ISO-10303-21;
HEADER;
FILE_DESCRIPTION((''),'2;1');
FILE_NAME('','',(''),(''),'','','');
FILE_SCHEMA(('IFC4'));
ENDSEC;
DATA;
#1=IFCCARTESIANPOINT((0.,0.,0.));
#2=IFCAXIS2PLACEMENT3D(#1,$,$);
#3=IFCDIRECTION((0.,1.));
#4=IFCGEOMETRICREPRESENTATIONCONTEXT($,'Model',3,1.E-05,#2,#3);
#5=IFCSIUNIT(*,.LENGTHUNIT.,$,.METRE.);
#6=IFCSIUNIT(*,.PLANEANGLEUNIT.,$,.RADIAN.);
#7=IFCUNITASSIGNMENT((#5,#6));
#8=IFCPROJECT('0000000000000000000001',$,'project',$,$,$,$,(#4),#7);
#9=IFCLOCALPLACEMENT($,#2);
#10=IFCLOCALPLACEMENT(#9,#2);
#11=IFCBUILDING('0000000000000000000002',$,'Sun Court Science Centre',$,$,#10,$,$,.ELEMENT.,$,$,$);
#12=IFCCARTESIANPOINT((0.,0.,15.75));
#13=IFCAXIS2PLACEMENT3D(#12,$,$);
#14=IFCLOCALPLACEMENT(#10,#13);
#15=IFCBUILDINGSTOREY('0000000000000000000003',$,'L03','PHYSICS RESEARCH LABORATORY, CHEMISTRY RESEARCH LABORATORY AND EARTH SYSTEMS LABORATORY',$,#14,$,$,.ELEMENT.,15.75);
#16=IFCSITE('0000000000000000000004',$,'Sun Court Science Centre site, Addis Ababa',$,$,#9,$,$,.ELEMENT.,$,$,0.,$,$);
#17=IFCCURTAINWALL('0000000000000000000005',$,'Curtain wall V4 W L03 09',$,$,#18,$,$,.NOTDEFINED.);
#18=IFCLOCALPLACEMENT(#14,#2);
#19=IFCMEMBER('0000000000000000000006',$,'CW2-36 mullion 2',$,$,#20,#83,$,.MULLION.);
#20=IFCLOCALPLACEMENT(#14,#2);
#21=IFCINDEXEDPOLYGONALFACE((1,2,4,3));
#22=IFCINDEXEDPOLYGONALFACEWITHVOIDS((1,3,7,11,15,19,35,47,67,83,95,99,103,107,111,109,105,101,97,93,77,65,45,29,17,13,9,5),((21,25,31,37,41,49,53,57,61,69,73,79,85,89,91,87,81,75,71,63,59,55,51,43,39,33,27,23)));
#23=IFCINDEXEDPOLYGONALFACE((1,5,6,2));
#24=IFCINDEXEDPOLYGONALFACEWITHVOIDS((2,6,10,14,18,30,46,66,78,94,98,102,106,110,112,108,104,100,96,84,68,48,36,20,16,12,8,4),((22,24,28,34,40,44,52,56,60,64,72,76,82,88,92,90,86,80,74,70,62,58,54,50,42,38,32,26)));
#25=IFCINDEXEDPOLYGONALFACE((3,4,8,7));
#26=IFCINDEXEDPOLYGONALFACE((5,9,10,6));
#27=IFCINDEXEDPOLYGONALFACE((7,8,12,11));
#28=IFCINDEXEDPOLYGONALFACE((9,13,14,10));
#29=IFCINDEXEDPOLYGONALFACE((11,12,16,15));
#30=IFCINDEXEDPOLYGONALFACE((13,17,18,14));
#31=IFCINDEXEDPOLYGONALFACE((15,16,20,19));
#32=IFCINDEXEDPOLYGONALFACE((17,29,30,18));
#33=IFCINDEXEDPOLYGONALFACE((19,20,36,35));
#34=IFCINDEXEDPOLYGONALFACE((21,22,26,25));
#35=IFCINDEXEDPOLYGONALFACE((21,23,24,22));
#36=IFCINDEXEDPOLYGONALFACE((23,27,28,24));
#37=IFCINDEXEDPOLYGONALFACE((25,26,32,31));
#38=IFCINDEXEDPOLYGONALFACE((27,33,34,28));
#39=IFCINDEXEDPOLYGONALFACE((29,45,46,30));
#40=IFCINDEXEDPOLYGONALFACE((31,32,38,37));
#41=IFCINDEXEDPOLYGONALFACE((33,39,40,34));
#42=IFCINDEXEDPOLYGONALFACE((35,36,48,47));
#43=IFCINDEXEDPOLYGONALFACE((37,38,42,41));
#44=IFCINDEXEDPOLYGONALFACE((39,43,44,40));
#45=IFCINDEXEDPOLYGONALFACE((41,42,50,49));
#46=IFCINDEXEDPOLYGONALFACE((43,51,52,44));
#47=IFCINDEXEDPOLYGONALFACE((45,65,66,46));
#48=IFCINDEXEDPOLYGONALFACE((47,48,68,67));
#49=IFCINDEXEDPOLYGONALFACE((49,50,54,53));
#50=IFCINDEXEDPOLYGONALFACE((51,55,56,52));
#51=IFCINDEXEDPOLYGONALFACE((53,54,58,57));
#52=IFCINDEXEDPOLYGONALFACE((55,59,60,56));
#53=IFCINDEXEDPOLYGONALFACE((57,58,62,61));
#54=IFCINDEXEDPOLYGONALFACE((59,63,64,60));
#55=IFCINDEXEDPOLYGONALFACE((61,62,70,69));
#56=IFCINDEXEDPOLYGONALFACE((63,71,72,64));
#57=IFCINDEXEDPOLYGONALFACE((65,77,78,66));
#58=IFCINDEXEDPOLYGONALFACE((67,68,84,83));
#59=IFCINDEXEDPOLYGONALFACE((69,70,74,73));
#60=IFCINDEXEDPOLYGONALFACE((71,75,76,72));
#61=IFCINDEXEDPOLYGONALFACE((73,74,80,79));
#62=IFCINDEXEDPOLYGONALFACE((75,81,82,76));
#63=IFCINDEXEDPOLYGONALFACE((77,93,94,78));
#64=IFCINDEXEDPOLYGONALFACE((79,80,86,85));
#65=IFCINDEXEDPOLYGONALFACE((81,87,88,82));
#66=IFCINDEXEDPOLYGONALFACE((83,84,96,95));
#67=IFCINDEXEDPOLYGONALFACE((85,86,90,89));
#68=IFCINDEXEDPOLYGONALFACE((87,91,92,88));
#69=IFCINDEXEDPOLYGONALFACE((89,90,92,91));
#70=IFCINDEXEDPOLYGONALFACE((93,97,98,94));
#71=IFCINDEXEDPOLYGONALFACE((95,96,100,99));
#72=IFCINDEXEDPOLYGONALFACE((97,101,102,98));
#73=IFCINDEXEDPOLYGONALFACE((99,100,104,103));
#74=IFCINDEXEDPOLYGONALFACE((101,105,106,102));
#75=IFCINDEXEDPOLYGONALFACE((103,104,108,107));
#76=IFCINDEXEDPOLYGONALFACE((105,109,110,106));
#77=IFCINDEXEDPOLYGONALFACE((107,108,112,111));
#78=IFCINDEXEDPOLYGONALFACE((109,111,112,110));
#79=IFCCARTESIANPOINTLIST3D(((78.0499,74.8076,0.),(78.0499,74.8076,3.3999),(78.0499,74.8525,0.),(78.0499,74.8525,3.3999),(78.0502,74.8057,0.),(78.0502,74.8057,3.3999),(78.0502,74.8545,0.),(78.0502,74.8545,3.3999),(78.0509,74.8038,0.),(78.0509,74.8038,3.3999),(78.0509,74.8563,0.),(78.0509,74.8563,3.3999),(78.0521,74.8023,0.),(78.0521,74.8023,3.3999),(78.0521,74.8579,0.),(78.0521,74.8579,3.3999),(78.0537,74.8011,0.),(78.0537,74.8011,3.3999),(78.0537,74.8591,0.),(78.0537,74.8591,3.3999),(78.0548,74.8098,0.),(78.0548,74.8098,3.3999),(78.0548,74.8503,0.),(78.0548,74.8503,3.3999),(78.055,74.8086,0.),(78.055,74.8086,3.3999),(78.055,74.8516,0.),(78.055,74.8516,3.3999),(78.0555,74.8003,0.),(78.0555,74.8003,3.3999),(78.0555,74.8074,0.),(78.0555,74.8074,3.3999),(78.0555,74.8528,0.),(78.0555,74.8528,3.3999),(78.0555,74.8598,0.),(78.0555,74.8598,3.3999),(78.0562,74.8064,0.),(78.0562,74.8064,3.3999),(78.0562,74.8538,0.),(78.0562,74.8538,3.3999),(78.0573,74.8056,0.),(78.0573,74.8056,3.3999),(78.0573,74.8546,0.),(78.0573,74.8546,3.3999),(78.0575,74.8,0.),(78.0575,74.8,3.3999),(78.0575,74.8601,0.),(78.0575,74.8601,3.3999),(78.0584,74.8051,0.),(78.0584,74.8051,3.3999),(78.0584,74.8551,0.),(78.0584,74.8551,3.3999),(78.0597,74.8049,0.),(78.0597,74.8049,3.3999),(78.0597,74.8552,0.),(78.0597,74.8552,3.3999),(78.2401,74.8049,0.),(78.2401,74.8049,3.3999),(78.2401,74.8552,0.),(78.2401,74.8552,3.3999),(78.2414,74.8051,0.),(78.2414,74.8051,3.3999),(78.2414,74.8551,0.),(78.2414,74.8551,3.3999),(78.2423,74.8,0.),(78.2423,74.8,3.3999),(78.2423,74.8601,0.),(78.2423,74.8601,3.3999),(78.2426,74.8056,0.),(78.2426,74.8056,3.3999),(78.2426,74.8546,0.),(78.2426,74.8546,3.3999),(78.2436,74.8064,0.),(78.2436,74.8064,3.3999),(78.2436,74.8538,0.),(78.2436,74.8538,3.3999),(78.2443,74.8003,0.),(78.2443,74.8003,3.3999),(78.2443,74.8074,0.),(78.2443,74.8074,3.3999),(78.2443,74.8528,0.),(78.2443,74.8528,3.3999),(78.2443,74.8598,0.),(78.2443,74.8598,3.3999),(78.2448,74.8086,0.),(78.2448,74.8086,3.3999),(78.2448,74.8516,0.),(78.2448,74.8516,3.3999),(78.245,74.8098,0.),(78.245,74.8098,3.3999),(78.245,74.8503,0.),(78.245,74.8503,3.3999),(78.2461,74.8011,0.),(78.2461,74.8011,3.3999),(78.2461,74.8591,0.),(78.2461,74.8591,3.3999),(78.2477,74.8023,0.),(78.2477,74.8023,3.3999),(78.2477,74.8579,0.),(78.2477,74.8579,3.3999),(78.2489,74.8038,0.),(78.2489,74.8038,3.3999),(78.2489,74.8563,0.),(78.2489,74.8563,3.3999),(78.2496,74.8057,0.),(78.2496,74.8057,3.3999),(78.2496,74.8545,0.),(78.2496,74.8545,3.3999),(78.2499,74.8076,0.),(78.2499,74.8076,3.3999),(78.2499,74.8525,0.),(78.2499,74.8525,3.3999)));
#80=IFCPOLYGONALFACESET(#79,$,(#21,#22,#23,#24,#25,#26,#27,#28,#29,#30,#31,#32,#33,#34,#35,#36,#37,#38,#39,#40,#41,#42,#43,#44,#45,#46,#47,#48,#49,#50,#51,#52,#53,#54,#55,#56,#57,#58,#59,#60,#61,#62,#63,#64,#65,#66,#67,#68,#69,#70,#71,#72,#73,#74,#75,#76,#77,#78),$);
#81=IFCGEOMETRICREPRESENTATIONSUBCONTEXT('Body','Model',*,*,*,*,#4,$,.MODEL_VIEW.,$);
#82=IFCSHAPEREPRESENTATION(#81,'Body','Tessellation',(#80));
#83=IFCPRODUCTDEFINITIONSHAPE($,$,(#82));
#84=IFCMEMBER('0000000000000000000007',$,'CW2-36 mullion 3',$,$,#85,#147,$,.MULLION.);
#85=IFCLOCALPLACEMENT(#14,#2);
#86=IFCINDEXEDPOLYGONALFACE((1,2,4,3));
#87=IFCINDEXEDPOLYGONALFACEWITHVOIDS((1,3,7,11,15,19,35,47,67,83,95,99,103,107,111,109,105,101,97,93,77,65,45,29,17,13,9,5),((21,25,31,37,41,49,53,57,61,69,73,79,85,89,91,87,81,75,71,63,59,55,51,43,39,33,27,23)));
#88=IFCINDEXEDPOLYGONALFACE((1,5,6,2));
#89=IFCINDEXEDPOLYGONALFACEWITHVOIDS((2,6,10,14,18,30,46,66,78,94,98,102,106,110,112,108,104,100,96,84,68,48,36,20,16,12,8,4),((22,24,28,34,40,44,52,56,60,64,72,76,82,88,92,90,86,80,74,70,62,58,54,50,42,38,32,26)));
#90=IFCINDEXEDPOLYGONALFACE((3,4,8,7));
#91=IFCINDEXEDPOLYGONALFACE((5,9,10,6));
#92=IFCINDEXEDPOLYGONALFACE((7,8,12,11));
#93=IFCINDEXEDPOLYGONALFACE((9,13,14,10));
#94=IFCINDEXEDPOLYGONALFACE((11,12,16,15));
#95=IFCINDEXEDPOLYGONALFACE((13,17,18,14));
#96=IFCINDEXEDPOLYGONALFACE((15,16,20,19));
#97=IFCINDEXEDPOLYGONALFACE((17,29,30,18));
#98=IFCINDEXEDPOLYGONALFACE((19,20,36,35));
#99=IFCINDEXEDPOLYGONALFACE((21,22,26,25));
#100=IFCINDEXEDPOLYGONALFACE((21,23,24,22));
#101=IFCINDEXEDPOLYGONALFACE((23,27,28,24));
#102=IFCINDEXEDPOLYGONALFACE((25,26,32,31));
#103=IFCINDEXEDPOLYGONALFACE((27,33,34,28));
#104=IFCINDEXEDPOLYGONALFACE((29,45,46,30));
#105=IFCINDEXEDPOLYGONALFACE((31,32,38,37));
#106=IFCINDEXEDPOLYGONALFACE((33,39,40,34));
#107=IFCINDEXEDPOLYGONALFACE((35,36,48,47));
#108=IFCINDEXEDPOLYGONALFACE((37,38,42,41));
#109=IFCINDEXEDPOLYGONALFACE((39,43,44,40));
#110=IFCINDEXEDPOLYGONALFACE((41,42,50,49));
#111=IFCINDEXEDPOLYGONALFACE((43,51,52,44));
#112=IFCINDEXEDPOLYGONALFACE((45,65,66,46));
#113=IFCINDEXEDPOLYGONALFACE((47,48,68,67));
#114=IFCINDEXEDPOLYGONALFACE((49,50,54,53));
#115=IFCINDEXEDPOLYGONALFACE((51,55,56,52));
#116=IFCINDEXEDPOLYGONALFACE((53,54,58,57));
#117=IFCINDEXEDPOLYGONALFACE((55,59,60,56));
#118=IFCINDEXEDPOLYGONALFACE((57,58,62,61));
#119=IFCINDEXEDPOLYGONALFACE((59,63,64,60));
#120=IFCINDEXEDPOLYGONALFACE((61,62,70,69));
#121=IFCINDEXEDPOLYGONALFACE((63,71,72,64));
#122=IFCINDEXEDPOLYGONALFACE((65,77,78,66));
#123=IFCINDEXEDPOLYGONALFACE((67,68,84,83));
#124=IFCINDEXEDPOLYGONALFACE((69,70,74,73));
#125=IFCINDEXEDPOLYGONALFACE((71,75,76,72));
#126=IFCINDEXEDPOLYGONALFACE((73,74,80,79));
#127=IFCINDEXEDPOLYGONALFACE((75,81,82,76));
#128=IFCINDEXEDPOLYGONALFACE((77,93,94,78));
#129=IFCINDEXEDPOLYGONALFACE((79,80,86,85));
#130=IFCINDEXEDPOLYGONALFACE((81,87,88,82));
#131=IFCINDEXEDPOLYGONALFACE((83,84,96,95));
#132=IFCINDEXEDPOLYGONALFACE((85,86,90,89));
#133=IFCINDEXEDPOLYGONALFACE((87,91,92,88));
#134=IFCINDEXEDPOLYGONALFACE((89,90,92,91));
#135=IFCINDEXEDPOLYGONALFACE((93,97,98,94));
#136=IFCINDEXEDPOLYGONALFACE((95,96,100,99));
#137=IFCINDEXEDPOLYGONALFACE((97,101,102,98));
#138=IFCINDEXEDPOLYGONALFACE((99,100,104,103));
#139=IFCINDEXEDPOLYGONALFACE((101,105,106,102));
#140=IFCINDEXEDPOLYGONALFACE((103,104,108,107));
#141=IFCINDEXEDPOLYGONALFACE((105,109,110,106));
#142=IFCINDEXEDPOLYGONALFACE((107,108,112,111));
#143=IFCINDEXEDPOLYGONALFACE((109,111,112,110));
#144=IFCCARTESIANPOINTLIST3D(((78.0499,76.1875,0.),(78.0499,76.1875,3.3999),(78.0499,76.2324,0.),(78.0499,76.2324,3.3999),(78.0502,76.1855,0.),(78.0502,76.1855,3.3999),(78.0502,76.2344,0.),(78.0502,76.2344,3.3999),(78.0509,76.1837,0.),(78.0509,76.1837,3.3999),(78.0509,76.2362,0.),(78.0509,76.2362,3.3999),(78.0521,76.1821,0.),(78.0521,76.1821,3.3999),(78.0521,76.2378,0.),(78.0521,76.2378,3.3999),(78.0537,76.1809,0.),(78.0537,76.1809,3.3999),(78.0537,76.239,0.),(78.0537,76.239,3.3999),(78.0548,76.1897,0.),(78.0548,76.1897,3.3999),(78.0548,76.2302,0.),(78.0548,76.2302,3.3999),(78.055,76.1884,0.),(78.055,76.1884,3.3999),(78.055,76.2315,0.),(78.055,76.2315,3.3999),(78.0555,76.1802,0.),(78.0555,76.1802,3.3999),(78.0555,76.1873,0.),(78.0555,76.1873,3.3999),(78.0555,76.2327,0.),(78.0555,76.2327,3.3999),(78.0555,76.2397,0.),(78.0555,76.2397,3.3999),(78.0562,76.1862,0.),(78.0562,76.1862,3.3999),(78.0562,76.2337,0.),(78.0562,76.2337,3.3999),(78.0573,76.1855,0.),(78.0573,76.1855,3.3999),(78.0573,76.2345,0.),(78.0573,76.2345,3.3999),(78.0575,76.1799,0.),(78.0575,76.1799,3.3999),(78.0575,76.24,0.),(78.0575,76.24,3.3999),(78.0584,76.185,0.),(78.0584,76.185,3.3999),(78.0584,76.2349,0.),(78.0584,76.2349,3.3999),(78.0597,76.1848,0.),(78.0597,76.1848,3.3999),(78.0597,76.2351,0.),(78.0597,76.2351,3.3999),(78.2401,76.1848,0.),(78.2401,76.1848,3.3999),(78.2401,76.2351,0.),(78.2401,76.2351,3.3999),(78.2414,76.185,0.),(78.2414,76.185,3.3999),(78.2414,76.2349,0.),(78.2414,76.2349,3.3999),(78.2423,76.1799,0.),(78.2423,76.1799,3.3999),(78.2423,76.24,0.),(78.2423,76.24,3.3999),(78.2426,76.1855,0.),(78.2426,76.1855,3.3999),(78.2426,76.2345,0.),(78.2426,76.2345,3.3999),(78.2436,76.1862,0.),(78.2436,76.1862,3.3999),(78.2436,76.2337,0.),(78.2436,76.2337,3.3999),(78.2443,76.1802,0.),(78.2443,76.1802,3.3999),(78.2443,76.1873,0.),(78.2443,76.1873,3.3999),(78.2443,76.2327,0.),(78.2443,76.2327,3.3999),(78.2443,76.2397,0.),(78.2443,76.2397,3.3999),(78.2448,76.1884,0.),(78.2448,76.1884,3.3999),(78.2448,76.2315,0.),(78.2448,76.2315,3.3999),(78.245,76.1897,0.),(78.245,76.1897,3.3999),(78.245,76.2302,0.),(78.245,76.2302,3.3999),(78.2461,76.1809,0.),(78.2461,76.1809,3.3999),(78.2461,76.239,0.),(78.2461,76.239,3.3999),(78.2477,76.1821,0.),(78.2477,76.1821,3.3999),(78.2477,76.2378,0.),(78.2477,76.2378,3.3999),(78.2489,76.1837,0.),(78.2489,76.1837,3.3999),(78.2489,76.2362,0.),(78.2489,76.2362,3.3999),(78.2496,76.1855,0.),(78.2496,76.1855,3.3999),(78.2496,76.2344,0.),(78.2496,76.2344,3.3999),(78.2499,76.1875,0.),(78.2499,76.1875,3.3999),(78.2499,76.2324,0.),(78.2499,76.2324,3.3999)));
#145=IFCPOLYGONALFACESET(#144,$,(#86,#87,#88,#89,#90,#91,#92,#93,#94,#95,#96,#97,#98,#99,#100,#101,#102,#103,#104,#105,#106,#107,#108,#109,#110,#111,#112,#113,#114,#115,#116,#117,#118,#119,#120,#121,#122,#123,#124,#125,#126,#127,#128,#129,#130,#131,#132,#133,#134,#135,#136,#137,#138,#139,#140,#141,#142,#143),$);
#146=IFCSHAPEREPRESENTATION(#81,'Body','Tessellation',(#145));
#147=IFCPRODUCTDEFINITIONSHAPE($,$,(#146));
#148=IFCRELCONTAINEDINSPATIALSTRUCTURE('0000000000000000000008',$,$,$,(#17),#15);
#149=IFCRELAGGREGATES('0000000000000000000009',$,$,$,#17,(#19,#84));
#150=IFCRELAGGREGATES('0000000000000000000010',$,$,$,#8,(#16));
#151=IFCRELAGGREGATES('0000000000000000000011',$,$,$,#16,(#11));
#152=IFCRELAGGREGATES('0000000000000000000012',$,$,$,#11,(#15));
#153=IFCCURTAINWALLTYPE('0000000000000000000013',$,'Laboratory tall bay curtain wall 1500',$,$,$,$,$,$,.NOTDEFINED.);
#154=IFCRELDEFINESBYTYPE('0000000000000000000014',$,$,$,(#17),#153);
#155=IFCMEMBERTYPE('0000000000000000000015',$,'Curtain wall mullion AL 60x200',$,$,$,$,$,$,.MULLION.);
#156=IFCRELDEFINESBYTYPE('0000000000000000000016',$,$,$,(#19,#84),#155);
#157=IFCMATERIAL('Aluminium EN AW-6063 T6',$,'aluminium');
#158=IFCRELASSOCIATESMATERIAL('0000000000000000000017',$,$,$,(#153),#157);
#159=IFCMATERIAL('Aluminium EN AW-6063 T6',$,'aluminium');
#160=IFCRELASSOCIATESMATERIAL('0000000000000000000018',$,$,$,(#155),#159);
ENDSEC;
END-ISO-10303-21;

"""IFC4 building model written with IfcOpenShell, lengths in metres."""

from ifc_helpers import new_model, si_unit, direction, frame, origin, origin_2d, place, context, subcontext, project, spatial, hollow_rectangle, extrude, material, material_profile, profile_set, type_object, element, aggregate, save


model = new_model("IFC4")

# Units and contexts
model_context = context("Model", 3, precision=1e-05, world=origin(), true_north=direction((0.0, 1.0)))
body_context = subcontext(model_context, "Body", "Model", "MODEL_VIEW")
ifc_project = project(units=[si_unit("LENGTHUNIT", "METRE"), si_unit("PLANEANGLEUNIT", "RADIAN")], contexts=[model_context])

# Site, building, storey
site_placement = place(None, origin())
site = spatial("IfcSite", under=ifc_project, at=site_placement, Name="Sun Court Science Centre site, Addis Ababa", CompositionType="ELEMENT", RefElevation=0.0)
building_placement = place(site_placement, origin())
building = spatial("IfcBuilding", under=site, at=building_placement, Name="Sun Court Science Centre", CompositionType="ELEMENT")
storey_placement = place(building_placement, frame((0.0, 0.0, 15.75)))
storey = spatial("IfcBuildingStorey", under=building, at=storey_placement, Name="L03", Description="PHYSICS RESEARCH LABORATORY, CHEMISTRY RESEARCH LABORATORY AND EARTH SYSTEMS LABORATORY", CompositionType="ELEMENT", Elevation=15.75)

# Shared definitions
ifc_material_1 = material(Name="Aluminium EN AW-6063 T6", Category="aluminium")
curtain_wall_type = type_object("IfcCurtainWallType", Name="Laboratory tall bay curtain wall 1500", PredefinedType="NOTDEFINED", material=ifc_material_1)
ifc_material_2 = material(Name="Aluminium EN AW-6063 T6", Category="aluminium")
ifc_material_profile_1 = material_profile(ifc_material_2, hollow_rectangle(XDim=0.0601, YDim=0.2, WallThickness=0.0049, InnerFilletRadius=0.0049, OuterFilletRadius=0.0076, at=origin_2d()), Name="AL 60x200x5")
ifc_profile_set_1 = profile_set([ifc_material_profile_1], Name="Aluminium EN AW-6063 T6")
member_type_1 = type_object("IfcMemberType", Name="Curtain wall mullion AL 60x200", PredefinedType="MULLION", material=ifc_profile_set_1)

# Curtain wall, members
curtain_wall_1_placement = place(storey_placement, origin())
curtain_wall_1 = element("IfcCurtainWall", 1, at=curtain_wall_1_placement, inside=storey, type_object=curtain_wall_type, Name="Curtain wall V4 W L03 09", PredefinedType="NOTDEFINED")
member_1_placement = place(storey_placement, frame((78.1499, 74.8301, 0.0), z_axis=(0.0, 0.0, 1.0), x_axis=(0.0, 1.0, 0.0)))
member_1 = element("IfcMember", 2, at=member_1_placement, type_object=member_type_1, Name="CW2-36 mullion 2", PredefinedType="MULLION", context=body_context, shape_type="SweptSolid", body=[
    extrude(hollow_rectangle(XDim=0.0601, YDim=0.2, WallThickness=0.0049, InnerFilletRadius=0.0049, OuterFilletRadius=0.0076, at=origin_2d()), origin(), (0.0, 0.0, 1.0), 3.3999),
])
member_2_placement = place(storey_placement, frame((78.1499, 76.21, 0.0), z_axis=(0.0, 0.0, 1.0), x_axis=(0.0, 1.0, 0.0)))
member_2 = element("IfcMember", 3, at=member_2_placement, type_object=member_type_1, Name="CW2-36 mullion 3", PredefinedType="MULLION", context=body_context, shape_type="SweptSolid", body=[
    extrude(hollow_rectangle(XDim=0.0601, YDim=0.2, WallThickness=0.0049, InnerFilletRadius=0.0049, OuterFilletRadius=0.0076, at=origin_2d()), origin(), (0.0, 0.0, 1.0), 3.3999),
])

aggregate(curtain_wall_1, [member_1, member_2])

save(model, "model.ifc")
